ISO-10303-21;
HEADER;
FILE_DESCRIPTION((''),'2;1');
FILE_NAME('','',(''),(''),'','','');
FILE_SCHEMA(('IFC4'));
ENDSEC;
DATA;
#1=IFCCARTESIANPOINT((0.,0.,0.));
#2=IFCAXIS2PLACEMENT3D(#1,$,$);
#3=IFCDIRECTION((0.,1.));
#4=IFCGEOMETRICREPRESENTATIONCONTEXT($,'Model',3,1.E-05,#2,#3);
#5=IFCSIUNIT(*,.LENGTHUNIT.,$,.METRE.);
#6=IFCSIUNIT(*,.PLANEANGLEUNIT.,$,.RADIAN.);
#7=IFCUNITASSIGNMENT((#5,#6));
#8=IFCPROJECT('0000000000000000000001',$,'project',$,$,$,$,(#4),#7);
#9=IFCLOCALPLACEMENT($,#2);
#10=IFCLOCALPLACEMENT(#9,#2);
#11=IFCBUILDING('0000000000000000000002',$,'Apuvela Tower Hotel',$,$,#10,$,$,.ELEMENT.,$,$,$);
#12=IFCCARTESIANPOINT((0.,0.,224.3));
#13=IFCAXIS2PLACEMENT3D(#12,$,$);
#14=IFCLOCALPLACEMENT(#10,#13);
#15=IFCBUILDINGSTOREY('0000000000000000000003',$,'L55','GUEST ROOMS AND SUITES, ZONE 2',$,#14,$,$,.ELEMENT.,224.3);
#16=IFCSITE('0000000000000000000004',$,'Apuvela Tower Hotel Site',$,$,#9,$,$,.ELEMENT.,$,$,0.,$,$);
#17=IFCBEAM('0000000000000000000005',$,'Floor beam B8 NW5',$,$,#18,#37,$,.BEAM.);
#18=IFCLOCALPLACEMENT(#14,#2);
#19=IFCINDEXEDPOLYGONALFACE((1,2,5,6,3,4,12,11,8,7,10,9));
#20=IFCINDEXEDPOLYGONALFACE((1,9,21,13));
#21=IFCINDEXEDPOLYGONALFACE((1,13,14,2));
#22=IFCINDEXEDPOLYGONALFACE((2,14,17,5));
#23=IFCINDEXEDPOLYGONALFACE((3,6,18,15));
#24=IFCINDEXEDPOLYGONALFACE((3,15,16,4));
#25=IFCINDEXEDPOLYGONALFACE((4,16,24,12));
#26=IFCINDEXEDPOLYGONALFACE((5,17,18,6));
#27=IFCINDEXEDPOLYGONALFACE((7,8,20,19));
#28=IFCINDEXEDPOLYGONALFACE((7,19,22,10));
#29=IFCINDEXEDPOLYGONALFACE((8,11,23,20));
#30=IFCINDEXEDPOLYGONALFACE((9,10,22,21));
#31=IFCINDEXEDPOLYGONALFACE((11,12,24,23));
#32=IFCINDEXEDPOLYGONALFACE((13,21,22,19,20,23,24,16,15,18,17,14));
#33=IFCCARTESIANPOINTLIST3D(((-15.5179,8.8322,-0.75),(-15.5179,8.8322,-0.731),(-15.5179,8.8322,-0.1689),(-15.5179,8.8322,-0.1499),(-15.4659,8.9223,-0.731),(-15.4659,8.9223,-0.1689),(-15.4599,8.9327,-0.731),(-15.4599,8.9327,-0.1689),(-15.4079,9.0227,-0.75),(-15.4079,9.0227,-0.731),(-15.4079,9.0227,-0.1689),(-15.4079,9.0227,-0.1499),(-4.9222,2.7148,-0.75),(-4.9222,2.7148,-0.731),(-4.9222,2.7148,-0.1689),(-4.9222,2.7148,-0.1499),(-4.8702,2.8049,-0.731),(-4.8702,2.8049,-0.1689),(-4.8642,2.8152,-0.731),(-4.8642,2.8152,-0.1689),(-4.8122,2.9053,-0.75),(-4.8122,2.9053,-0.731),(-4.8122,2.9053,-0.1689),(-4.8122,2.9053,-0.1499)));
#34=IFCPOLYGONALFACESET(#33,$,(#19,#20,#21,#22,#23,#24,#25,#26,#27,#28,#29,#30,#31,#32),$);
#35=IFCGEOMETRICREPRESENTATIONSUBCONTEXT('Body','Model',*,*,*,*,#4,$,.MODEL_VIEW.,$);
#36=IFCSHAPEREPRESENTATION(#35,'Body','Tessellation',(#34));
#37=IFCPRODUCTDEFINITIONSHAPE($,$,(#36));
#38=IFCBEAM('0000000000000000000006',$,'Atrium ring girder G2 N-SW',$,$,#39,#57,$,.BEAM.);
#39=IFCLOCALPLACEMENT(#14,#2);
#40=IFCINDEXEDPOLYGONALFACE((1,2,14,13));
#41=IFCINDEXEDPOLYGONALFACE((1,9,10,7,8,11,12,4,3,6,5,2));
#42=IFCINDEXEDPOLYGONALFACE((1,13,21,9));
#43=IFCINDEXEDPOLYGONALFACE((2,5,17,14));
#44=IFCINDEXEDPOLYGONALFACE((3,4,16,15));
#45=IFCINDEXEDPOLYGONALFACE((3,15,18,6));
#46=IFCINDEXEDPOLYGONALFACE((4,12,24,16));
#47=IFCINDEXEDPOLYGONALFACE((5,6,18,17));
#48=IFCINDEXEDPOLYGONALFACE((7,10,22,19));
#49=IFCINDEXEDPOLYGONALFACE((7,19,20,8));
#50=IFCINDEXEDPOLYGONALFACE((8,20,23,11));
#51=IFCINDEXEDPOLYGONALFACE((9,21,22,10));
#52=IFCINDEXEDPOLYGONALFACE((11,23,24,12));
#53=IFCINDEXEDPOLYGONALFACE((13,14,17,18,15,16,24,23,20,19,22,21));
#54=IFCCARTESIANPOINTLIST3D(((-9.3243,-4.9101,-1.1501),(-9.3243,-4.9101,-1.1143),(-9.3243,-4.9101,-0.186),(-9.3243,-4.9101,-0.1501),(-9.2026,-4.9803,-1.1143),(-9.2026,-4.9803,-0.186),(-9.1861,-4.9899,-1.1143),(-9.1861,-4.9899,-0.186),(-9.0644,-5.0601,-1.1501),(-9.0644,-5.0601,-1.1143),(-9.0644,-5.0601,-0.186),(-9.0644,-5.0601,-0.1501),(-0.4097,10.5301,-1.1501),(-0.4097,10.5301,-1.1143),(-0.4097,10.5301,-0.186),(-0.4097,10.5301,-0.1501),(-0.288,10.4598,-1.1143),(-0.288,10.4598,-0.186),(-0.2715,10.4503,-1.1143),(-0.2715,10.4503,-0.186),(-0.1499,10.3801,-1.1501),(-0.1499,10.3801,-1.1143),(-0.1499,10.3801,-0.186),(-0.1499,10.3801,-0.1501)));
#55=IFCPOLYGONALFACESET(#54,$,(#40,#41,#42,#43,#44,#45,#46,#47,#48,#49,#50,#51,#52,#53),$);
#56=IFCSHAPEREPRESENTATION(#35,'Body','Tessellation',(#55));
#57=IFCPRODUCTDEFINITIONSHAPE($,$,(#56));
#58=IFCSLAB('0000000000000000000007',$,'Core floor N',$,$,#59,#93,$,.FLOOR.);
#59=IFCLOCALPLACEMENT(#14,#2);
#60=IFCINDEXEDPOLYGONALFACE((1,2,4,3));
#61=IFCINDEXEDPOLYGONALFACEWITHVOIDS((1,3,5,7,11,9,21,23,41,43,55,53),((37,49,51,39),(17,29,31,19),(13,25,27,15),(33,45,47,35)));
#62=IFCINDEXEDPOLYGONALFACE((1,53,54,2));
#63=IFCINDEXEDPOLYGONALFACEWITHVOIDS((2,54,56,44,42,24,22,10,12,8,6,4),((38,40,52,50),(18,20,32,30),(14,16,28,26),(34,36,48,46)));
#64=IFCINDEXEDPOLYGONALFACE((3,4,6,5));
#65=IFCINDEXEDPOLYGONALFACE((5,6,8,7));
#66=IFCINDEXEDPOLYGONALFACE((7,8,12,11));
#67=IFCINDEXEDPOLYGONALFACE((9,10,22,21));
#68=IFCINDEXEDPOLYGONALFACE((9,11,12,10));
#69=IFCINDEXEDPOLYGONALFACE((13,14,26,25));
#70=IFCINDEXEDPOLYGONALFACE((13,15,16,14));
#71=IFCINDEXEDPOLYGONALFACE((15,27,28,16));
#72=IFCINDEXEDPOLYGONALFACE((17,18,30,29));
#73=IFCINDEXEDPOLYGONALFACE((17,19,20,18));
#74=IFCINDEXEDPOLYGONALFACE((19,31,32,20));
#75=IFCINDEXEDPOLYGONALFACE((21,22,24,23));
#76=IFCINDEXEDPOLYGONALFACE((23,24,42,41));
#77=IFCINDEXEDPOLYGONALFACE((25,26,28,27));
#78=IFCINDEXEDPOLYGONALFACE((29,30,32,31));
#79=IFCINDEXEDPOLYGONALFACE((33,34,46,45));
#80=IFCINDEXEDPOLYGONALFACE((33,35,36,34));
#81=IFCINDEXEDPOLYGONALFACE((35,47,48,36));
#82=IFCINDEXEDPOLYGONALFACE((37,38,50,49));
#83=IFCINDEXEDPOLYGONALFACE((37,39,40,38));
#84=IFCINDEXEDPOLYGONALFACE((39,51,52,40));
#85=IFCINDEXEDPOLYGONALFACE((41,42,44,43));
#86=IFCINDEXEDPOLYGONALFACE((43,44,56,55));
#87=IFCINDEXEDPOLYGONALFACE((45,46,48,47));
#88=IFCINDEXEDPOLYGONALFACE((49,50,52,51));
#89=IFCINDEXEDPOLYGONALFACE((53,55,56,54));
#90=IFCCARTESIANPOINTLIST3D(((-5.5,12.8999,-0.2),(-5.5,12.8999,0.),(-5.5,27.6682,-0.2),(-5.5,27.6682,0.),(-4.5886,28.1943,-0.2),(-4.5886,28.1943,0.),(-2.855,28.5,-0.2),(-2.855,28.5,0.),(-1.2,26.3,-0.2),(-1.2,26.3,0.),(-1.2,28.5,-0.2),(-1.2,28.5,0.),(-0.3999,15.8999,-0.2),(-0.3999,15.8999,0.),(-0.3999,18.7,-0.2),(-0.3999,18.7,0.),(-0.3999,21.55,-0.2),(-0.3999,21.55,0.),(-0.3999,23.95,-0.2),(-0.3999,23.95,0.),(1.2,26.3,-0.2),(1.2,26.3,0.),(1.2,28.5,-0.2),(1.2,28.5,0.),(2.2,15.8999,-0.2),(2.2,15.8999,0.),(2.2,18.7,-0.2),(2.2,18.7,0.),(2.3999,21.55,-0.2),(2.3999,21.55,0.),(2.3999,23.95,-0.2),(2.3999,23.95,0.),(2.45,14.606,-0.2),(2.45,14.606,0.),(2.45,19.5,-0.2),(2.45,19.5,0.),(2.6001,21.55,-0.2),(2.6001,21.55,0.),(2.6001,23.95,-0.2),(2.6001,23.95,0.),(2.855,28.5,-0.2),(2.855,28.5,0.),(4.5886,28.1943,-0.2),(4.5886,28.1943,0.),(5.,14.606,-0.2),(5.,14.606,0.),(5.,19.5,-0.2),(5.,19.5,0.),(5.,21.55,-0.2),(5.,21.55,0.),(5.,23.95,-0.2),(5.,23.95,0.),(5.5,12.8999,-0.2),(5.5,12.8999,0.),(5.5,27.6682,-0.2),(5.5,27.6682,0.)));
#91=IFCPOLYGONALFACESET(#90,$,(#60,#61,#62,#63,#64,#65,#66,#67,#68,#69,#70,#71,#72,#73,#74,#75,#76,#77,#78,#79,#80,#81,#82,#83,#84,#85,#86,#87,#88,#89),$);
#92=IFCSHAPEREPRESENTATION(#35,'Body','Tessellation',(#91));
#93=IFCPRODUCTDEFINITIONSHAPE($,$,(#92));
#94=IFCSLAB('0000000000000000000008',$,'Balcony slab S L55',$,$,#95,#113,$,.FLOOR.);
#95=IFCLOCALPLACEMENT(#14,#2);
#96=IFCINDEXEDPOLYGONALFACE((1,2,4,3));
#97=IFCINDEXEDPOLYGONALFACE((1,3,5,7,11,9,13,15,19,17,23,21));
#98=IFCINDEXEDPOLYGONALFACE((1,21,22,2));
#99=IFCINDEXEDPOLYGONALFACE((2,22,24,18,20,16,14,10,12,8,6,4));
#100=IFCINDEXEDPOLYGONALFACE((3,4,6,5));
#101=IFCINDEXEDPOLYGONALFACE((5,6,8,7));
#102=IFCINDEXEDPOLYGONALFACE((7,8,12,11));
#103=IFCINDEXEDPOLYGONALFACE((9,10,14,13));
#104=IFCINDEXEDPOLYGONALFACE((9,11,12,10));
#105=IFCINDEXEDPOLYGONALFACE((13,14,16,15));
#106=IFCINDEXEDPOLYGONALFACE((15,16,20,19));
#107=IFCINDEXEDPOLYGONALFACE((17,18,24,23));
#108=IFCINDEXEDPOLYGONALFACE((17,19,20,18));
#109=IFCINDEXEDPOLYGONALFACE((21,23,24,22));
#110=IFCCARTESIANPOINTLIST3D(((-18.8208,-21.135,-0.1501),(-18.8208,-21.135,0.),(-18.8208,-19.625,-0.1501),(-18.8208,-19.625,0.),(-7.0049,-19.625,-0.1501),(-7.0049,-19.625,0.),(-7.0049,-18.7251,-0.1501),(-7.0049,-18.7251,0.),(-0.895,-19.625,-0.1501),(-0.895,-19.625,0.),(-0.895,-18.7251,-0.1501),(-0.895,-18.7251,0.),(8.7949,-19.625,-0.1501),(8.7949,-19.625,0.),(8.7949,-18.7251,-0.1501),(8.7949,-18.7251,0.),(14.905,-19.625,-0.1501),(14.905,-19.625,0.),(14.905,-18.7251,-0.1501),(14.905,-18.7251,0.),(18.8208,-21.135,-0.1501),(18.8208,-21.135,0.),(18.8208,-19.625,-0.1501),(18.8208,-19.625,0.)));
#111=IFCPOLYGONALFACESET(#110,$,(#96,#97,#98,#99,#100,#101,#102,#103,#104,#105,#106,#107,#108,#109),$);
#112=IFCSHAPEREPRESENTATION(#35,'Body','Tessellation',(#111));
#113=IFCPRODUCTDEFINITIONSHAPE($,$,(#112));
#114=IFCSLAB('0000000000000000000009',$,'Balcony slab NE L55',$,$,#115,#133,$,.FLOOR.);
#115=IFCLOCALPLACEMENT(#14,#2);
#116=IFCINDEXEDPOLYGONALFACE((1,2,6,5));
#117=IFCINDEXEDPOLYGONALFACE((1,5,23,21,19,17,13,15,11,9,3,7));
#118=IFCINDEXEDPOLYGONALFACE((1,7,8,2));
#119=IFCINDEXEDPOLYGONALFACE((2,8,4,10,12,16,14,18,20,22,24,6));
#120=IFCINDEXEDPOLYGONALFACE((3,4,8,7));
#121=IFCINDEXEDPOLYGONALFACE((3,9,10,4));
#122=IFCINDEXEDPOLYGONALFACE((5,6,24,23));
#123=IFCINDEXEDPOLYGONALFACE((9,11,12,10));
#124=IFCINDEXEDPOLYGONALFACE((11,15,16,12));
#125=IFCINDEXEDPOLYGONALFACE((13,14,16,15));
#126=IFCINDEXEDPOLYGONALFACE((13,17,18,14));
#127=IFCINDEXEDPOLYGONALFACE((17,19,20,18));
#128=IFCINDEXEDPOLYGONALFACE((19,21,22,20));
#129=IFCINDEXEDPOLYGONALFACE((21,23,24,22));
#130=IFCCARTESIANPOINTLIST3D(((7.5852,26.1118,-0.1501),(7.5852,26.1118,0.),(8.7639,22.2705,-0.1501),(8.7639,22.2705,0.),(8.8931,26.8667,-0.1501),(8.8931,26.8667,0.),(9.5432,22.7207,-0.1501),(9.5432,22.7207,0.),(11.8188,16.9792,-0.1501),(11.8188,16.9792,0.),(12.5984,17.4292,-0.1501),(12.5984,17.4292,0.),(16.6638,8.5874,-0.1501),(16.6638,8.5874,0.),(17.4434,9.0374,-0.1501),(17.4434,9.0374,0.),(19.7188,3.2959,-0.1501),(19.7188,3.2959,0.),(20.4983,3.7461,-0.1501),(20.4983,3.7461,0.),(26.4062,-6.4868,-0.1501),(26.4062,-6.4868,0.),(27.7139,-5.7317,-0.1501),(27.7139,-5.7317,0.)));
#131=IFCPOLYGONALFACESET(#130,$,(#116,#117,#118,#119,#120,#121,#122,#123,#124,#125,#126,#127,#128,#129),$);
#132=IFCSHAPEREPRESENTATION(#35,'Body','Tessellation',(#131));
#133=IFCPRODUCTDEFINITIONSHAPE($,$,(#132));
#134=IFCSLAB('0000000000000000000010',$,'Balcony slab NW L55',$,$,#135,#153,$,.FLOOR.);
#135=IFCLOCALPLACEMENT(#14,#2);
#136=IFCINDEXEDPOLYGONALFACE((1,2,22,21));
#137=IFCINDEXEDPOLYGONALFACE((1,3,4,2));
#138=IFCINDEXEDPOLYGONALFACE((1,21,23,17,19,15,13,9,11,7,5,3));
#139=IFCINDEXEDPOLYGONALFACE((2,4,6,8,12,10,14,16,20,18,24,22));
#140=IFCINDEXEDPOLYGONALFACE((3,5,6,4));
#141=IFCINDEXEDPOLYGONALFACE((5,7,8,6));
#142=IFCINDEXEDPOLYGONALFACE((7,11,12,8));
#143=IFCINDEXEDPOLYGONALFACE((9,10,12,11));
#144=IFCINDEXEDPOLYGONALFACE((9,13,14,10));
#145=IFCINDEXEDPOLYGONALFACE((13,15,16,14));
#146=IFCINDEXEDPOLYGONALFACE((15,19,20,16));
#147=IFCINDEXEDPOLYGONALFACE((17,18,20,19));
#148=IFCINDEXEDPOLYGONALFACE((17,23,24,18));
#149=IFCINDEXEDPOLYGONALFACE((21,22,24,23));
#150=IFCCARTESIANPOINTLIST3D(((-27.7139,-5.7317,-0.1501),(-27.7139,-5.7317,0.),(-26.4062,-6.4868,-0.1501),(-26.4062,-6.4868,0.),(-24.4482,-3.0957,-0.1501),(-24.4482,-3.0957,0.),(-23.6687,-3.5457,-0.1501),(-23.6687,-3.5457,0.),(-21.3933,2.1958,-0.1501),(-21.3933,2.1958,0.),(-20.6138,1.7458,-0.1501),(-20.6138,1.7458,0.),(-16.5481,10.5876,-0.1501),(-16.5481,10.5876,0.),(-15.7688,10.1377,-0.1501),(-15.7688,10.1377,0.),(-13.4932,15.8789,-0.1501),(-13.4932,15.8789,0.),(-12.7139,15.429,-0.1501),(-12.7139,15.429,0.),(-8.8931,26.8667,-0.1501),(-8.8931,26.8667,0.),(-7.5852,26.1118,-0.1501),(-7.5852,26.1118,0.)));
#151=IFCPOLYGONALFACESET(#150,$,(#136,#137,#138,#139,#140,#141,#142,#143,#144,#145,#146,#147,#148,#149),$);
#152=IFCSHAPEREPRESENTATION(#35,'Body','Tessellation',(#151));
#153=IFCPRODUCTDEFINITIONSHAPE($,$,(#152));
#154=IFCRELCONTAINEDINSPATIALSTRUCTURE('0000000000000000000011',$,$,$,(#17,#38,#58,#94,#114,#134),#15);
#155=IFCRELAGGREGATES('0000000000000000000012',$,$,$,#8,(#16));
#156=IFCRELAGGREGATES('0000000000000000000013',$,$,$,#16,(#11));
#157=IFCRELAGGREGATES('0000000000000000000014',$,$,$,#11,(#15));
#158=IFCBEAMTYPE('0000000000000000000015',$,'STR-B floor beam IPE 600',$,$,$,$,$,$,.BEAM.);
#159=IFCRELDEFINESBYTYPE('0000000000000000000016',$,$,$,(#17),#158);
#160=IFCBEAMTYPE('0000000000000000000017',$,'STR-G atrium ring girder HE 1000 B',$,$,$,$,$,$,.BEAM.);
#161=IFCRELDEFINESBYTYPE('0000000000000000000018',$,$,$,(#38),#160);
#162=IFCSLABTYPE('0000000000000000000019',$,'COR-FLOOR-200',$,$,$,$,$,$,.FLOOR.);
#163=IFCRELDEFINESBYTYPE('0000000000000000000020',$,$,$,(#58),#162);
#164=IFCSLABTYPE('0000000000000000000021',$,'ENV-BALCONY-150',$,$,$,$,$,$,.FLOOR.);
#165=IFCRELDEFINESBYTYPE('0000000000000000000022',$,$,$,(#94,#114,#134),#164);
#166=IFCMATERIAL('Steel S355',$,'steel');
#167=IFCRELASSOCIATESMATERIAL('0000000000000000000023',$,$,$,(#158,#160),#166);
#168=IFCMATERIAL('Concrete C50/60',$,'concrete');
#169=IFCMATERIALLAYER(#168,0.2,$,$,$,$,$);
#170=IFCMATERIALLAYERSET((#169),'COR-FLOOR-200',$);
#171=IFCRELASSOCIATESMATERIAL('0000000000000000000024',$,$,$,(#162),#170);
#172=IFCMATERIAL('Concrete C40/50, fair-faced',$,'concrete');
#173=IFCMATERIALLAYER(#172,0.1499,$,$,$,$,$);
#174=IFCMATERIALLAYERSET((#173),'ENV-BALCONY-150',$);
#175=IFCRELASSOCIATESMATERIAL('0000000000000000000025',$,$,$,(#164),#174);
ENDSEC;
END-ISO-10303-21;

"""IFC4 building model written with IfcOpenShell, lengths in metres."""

from ifc_helpers import new_model, si_unit, direction, frame, origin, origin_2d, place, context, subcontext, project, spatial, polyline, i_section, outline, extrude, material, layer, layer_set, material_profile, profile_set, type_object, element, save


model = new_model("IFC4")

# Units and contexts
model_context = context("Model", 3, precision=1e-05, world=origin(), true_north=direction((0.0, 1.0)))
body_context = subcontext(model_context, "Body", "Model", "MODEL_VIEW")
ifc_project = project(units=[si_unit("LENGTHUNIT", "METRE"), si_unit("PLANEANGLEUNIT", "RADIAN")], contexts=[model_context])

# Site, building, storey
site_placement = place(None, origin())
site = spatial("IfcSite", under=ifc_project, at=site_placement, Name="Apuvela Tower Hotel Site", CompositionType="ELEMENT", RefElevation=0.0)
building_placement = place(site_placement, origin())
building = spatial("IfcBuilding", under=site, at=building_placement, Name="Apuvela Tower Hotel", CompositionType="ELEMENT")
storey_placement = place(building_placement, frame((0.0, 0.0, 224.3)))
storey = spatial("IfcBuildingStorey", under=building, at=storey_placement, Name="L55", Description="GUEST ROOMS AND SUITES, ZONE 2", CompositionType="ELEMENT", Elevation=224.3)

# Beams
ifc_material_1 = material(Name="Steel S355", Category="steel")
ifc_material_profile_1 = material_profile(ifc_material_1, i_section(OverallWidth=0.22, OverallDepth=0.6001, WebThickness=0.012, FlangeThickness=0.019, at=origin_2d()), Name="IPE 600")
ifc_profile_set_1 = profile_set([ifc_material_profile_1], Name="Steel S355")
beam_type_1 = type_object("IfcBeamType", Name="STR-B floor beam IPE 600", PredefinedType="BEAM", material=ifc_profile_set_1)
beam_1_placement = place(storey_placement, frame((-15.4629, 8.9275, -0.45), z_axis=(0.866025, -0.5, 0.0), x_axis=(0.5, 0.866025, 0.0)))
element("IfcBeam", 1, at=beam_1_placement, inside=storey, type_object=beam_type_1, Name="Floor beam B8 NW5", PredefinedType="BEAM", context=body_context, shape_type="SweptSolid", body=[
    extrude(i_section(OverallWidth=0.22, OverallDepth=0.6001, WebThickness=0.012, FlangeThickness=0.019, at=origin_2d()), origin(), (0.0, 0.0, 1.0), 12.2349),
])
ifc_material_profile_2 = material_profile(ifc_material_1, i_section(OverallWidth=0.3, OverallDepth=1.0, WebThickness=0.019, FlangeThickness=0.0359, at=origin_2d()), Name="HE 1000 B")
ifc_profile_set_2 = profile_set([ifc_material_profile_2], Name="Steel S355")
beam_type_2 = type_object("IfcBeamType", Name="STR-G atrium ring girder HE 1000 B", PredefinedType="BEAM", material=ifc_profile_set_2)
beam_2_placement = place(storey_placement, frame((-0.2798, 10.4551, -0.6501), z_axis=(-0.500007, -0.866022, 0.0), x_axis=(0.866022, -0.500007, 0.0)))
element("IfcBeam", 2, at=beam_2_placement, inside=storey, type_object=beam_type_2, Name="Atrium ring girder G2 N-SW", PredefinedType="BEAM", context=body_context, shape_type="SweptSolid", body=[
    extrude(i_section(OverallWidth=0.3, OverallDepth=1.0, WebThickness=0.019, FlangeThickness=0.0359, at=origin_2d()), origin(), (0.0, 0.0, 1.0), 17.8289),
])

# Slabs
ifc_material_2 = material(Name="Concrete C50/60", Category="concrete")
ifc_layer_1 = layer(ifc_material_2, 0.2)
ifc_layer_set_1 = layer_set([ifc_layer_1], Name="COR-FLOOR-200")
slab_type_1 = type_object("IfcSlabType", Name="COR-FLOOR-200", PredefinedType="FLOOR", material=ifc_layer_set_1)
slab_1_placement = place(storey_placement, frame((0.0, 0.0, -0.2)))
element("IfcSlab", 3, at=slab_1_placement, inside=storey, type_object=slab_type_1, Name="Core floor N", PredefinedType="FLOOR", context=body_context, shape_type="SweptSolid", body=[
    extrude(outline(polyline([(5.5, 27.6682), (4.5886, 28.1943), (2.855, 28.5), (1.2, 28.5), (1.2, 26.3), (-1.2, 26.3), (-1.2, 28.5), (-2.855, 28.5), (-4.5886, 28.1943), (-5.5, 27.6682), (-5.5, 12.8999), (5.5, 12.8999), (5.5, 27.6682)]), holes=[polyline([(5.0, 14.606), (2.45, 14.606), (2.45, 19.5), (5.0, 19.5), (5.0, 14.606)]), polyline([(2.2, 15.8999), (-0.3999, 15.8999), (-0.3999, 18.7), (2.2, 18.7), (2.2, 15.8999)]), polyline([(5.0, 21.55), (2.6001, 21.55), (2.6001, 23.95), (5.0, 23.95), (5.0, 21.55)]), polyline([(2.3999, 21.55), (-0.3999, 21.55), (-0.3999, 23.95), (2.3999, 23.95), (2.3999, 21.55)])]), origin(), (0.0, 0.0, 1.0), 0.2),
])
ifc_material_3 = material(Name="Concrete C40/50, fair-faced", Category="concrete")
ifc_layer_2 = layer(ifc_material_3, 0.1499)
ifc_layer_set_2 = layer_set([ifc_layer_2], Name="ENV-BALCONY-150")
slab_type_2 = type_object("IfcSlabType", Name="ENV-BALCONY-150", PredefinedType="FLOOR", material=ifc_layer_set_2)
slab_2_placement = place(storey_placement, frame((0.0, 0.0, -0.1501)))
element("IfcSlab", 4, at=slab_2_placement, inside=storey, type_object=slab_type_2, Name="Balcony slab S L55", PredefinedType="FLOOR", context=body_context, shape_type="SweptSolid", body=[
    extrude(outline(polyline([(18.8208, -21.135), (-18.8208, -21.135), (-18.8208, -19.625), (-7.0049, -19.625), (-7.0049, -18.7251), (-0.895, -18.7251), (-0.895, -19.625), (8.7949, -19.625), (8.7949, -18.7251), (14.905, -18.7251), (14.905, -19.625), (18.8208, -19.625), (18.8208, -21.135)])), origin(), (0.0, 0.0, 1.0), 0.1501),
])
slab_3_placement = place(storey_placement, frame((0.0, 0.0, -0.1501)))
element("IfcSlab", 5, at=slab_3_placement, inside=storey, type_object=slab_type_2, Name="Balcony slab NE L55", PredefinedType="FLOOR", context=body_context, shape_type="SweptSolid", body=[
    extrude(outline(polyline([(17.4434, 9.0374), (12.5984, 17.4292), (11.8188, 16.9792), (8.7639, 22.2705), (9.5432, 22.7207), (7.5852, 26.1118), (8.8931, 26.8667), (27.7139, -5.7317), (26.4062, -6.4868), (20.4983, 3.7461), (19.7188, 3.2959), (16.6638, 8.5874), (17.4434, 9.0374)])), origin(), (0.0, 0.0, 1.0), 0.1501),
])
slab_4_placement = place(storey_placement, frame((0.0, 0.0, -0.1501)))
element("IfcSlab", 6, at=slab_4_placement, inside=storey, type_object=slab_type_2, Name="Balcony slab NW L55", PredefinedType="FLOOR", context=body_context, shape_type="SweptSolid", body=[
    extrude(outline(polyline([(-27.7139, -5.7317), (-8.8931, 26.8667), (-7.5852, 26.1118), (-13.4932, 15.8789), (-12.7139, 15.429), (-15.7688, 10.1377), (-16.5481, 10.5876), (-21.3933, 2.1958), (-20.6138, 1.7458), (-23.6687, -3.5457), (-24.4482, -3.0957), (-26.4062, -6.4868), (-27.7139, -5.7317)])), origin(), (0.0, 0.0, 1.0), 0.1501),
])

save(model, "model.ifc")
